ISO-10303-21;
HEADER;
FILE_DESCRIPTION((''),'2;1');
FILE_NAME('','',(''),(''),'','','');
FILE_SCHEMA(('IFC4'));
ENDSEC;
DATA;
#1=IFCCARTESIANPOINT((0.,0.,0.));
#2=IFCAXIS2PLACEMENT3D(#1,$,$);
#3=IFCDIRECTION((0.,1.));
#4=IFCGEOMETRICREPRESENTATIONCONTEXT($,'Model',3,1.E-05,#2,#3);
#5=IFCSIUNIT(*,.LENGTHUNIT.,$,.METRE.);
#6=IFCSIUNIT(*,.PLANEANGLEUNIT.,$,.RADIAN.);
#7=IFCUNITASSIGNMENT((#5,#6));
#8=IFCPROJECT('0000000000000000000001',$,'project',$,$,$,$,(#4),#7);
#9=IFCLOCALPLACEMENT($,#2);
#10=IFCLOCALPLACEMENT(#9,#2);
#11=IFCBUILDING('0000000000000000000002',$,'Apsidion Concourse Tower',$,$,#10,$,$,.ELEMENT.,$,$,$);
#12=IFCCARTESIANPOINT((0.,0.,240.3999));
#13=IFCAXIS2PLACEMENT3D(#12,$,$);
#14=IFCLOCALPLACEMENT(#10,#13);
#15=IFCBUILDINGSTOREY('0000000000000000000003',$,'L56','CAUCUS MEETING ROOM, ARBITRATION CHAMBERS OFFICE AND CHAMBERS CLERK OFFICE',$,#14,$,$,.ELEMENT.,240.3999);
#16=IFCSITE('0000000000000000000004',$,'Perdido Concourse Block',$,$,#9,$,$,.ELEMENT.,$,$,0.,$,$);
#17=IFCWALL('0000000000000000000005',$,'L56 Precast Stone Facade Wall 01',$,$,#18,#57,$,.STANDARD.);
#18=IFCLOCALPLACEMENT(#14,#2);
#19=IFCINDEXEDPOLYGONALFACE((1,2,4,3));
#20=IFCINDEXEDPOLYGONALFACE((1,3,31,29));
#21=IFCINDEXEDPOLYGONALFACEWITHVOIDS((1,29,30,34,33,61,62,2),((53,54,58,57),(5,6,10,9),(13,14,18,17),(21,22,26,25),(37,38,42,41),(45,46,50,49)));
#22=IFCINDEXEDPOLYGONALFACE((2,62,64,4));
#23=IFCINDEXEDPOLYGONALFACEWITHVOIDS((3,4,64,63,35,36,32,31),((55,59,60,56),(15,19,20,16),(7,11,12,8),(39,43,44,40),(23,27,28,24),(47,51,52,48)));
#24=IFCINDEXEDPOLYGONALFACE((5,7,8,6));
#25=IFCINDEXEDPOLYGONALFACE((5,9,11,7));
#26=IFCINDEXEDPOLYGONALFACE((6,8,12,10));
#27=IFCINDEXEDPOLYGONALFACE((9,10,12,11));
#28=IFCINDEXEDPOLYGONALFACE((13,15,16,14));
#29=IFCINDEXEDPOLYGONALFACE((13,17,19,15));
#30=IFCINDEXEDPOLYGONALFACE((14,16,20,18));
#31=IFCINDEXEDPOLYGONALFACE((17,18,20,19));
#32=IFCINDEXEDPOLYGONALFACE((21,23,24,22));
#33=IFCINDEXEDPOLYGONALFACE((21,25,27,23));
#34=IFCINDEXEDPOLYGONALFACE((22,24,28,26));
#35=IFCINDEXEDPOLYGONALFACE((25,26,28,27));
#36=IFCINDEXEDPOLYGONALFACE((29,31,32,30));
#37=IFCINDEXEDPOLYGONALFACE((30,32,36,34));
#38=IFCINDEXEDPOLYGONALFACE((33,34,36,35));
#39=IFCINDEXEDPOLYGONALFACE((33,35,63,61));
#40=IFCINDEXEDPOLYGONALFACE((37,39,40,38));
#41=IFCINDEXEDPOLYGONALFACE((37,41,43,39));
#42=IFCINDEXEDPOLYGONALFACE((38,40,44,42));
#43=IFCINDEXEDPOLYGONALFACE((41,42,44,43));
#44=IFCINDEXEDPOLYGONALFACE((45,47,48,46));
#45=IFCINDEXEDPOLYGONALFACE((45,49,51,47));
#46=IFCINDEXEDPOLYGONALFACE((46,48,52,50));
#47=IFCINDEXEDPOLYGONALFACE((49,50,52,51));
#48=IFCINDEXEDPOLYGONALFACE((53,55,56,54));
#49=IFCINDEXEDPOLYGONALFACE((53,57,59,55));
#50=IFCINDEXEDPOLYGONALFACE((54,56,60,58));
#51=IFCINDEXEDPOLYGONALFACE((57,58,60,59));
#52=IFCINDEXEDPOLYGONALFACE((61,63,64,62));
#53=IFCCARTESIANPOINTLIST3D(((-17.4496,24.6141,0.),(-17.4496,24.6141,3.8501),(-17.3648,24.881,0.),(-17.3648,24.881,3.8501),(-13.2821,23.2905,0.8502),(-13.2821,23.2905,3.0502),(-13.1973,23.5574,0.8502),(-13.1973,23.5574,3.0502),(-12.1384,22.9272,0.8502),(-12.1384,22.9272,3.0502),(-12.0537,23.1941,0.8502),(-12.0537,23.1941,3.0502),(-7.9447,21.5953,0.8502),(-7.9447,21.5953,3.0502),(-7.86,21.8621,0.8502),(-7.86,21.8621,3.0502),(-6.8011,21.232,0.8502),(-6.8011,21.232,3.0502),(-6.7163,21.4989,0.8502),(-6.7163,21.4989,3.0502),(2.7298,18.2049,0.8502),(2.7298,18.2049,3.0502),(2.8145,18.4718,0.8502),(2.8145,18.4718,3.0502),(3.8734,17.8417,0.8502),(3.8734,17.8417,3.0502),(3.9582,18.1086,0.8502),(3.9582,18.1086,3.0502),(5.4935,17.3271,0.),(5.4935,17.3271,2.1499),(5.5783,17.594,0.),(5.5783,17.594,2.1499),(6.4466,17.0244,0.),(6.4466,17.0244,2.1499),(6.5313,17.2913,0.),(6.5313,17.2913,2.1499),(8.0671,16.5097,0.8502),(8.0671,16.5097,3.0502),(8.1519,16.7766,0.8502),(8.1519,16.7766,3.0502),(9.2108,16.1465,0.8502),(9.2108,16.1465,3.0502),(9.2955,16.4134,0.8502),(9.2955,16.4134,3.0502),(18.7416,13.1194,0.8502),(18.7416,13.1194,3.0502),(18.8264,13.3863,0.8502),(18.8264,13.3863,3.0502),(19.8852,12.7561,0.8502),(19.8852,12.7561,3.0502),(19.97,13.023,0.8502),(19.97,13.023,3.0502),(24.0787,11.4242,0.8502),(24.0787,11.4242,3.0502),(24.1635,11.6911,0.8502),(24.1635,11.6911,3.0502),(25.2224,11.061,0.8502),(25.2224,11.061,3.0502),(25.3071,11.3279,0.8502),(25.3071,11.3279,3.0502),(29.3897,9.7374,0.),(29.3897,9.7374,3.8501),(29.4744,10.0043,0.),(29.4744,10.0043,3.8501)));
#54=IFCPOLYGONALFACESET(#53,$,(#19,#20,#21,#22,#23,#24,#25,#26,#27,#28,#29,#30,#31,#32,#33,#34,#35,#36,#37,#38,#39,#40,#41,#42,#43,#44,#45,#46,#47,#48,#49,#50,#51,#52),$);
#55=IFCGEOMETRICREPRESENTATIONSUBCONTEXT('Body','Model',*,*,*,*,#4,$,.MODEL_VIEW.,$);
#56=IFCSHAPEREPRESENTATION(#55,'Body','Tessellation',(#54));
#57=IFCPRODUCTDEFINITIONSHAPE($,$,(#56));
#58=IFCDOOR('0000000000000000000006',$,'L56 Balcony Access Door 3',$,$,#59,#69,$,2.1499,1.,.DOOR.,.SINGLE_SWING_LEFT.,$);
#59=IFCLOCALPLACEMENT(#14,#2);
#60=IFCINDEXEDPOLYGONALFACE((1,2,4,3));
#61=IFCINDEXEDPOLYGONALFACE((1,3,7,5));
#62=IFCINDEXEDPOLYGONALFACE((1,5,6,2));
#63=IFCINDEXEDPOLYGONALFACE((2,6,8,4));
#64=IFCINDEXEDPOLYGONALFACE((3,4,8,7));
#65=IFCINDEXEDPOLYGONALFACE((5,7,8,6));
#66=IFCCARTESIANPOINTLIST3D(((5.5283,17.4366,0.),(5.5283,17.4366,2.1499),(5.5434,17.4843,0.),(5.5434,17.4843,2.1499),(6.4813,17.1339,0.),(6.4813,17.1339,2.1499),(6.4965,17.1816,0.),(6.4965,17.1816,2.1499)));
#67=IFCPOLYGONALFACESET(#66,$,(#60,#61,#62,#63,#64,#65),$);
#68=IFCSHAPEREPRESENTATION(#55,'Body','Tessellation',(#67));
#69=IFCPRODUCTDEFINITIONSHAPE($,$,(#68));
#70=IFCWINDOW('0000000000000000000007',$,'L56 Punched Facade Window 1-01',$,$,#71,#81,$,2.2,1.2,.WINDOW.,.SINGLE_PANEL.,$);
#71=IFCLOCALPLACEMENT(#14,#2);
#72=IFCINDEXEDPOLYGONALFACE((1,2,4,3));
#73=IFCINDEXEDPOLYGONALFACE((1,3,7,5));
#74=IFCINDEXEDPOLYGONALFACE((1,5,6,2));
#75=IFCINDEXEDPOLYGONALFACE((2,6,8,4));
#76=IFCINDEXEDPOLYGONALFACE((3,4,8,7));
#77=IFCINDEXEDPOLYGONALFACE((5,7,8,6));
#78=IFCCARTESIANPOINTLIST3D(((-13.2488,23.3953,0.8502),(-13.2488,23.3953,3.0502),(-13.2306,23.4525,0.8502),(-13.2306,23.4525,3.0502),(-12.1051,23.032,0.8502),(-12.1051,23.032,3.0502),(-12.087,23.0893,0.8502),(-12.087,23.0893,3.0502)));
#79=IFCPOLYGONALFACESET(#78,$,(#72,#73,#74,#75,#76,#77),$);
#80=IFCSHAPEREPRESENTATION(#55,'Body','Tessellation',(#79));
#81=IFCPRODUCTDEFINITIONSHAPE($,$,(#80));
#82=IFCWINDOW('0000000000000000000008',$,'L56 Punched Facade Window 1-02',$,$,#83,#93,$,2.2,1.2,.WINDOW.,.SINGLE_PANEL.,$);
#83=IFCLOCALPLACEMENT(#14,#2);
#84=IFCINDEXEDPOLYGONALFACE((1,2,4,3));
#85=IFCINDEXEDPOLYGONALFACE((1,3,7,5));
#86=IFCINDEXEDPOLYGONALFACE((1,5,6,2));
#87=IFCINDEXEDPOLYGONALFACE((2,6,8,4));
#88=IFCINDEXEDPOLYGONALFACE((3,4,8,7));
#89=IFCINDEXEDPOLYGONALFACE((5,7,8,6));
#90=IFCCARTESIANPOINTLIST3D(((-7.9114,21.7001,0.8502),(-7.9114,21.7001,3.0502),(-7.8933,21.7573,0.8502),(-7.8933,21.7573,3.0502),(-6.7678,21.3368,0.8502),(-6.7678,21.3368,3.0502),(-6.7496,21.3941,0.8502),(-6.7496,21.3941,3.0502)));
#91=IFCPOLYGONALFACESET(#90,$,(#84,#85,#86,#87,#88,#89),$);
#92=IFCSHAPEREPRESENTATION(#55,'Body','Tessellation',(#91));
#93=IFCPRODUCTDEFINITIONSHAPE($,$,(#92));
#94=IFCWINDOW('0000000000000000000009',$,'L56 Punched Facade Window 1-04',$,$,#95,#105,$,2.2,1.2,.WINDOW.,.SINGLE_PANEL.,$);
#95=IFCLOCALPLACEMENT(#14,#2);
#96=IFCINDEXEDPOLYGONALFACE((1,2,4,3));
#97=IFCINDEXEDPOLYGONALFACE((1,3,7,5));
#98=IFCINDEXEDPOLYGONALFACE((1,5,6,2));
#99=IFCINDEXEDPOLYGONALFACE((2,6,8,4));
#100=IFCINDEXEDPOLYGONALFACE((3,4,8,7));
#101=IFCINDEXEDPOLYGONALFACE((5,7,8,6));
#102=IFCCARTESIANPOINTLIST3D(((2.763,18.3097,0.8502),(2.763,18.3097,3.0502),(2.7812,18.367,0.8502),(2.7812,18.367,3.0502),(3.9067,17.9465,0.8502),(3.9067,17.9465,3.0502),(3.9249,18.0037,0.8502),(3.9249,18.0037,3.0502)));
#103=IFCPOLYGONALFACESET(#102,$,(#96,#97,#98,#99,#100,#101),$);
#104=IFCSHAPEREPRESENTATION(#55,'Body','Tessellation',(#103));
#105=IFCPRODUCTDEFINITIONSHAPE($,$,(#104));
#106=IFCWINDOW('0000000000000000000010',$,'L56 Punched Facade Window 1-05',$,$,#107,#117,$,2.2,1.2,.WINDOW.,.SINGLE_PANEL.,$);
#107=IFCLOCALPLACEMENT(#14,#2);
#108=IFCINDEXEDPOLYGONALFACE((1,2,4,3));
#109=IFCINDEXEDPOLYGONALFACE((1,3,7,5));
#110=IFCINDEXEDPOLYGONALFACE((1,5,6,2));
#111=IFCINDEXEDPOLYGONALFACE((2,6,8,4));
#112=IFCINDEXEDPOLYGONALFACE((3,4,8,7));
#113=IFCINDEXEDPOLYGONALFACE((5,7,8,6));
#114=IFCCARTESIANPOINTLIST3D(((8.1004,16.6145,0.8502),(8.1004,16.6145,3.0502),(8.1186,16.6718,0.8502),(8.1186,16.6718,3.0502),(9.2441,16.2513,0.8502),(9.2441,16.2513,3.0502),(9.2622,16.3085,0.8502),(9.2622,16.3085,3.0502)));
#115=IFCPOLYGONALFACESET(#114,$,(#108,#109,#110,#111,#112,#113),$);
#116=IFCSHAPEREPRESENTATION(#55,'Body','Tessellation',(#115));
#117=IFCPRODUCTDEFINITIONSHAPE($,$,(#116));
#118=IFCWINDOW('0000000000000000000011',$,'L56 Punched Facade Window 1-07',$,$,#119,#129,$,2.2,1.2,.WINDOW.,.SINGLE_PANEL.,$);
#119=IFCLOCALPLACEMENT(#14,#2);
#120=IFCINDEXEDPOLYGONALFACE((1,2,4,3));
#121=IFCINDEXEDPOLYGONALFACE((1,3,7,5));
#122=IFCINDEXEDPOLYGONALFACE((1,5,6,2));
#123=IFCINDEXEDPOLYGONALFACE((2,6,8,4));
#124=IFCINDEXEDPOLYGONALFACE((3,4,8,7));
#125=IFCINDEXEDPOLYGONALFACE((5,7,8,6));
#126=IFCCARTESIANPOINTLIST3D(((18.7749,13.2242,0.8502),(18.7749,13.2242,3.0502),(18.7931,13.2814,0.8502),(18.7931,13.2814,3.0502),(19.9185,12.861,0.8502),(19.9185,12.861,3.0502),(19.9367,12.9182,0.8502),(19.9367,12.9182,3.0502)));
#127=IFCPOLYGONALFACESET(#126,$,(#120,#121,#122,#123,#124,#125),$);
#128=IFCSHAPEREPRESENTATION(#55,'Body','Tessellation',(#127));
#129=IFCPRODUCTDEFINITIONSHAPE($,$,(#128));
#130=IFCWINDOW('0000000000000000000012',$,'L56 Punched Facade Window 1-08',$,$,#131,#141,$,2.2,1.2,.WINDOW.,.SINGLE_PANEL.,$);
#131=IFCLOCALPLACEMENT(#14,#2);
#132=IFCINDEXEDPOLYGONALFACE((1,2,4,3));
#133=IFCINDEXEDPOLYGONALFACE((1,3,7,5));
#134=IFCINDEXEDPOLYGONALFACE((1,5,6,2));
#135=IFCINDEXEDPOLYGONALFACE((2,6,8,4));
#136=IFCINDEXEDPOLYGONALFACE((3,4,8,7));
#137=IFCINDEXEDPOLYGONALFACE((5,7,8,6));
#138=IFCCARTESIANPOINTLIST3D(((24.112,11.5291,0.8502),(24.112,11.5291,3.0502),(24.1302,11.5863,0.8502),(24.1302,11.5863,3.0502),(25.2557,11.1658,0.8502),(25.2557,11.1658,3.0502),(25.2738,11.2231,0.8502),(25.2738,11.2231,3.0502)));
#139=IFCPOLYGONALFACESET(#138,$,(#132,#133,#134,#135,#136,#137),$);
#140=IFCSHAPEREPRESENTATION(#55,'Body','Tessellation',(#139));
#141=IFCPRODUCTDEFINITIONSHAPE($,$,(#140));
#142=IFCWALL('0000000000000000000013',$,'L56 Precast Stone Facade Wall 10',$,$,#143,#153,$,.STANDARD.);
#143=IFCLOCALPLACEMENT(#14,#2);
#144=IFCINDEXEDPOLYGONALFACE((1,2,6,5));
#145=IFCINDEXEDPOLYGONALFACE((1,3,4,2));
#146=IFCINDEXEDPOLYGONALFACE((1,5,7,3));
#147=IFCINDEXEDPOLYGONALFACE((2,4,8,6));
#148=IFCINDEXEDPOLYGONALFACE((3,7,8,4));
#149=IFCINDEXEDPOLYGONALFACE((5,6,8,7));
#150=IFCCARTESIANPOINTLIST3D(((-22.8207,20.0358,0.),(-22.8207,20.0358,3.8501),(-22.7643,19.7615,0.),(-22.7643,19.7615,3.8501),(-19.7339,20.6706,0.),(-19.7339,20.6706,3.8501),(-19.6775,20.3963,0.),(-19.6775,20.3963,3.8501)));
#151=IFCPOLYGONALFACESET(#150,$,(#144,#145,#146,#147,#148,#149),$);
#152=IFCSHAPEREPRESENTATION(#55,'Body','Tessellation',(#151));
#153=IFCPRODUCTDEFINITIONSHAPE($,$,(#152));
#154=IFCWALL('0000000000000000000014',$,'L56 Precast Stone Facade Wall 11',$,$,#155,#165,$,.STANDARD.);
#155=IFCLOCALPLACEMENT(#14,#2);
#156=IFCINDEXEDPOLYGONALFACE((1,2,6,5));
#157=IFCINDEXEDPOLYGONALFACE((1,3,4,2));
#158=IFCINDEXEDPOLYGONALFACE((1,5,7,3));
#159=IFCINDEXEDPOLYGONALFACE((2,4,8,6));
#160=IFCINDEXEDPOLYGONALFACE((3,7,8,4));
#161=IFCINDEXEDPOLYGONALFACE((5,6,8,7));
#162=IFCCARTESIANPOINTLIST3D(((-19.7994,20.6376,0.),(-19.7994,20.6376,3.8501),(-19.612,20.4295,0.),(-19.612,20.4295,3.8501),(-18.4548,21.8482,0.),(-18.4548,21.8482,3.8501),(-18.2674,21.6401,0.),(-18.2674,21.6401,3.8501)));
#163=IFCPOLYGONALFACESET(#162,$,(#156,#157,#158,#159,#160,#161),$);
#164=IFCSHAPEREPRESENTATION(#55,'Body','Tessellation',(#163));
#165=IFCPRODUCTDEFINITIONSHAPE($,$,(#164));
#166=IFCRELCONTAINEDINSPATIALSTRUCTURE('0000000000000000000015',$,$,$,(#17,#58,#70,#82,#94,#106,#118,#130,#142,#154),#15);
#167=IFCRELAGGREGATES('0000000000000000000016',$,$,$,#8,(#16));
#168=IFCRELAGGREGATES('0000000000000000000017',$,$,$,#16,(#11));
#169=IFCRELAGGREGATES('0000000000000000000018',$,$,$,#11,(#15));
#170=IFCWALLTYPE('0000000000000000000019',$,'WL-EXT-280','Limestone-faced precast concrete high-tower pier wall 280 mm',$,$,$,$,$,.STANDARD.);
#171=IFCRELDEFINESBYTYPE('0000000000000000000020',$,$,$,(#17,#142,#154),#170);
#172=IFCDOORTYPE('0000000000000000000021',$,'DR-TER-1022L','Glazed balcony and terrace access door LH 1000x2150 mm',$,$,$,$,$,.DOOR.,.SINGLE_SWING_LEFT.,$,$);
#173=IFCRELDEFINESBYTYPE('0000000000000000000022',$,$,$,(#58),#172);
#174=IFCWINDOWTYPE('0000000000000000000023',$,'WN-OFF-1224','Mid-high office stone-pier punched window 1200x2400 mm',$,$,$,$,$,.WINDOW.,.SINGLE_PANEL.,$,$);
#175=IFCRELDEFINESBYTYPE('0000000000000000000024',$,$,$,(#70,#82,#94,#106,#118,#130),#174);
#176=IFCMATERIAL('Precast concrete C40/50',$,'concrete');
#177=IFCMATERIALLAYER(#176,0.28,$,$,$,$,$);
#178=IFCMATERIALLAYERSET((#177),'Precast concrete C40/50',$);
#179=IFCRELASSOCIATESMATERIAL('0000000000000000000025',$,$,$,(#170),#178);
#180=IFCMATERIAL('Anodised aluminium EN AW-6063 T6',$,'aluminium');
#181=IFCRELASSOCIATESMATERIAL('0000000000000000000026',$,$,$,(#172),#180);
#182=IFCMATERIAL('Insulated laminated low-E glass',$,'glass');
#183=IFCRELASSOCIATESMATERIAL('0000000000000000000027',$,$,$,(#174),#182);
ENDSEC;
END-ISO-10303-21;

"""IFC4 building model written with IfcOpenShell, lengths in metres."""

from ifc_helpers import new_model, si_unit, direction, frame, frame_2d, origin, place, context, subcontext, project, spatial, rectangle, extrude, material, layer, layer_set, type_object, element, fill, save


model = new_model("IFC4")

# Units and contexts
model_context = context("Model", 3, precision=1e-05, world=origin(), true_north=direction((0.0, 1.0)))
body_context = subcontext(model_context, "Body", "Model", "MODEL_VIEW")
ifc_project = project(units=[si_unit("LENGTHUNIT", "METRE"), si_unit("PLANEANGLEUNIT", "RADIAN")], contexts=[model_context])

# Site, building, storey
site_placement = place(None, origin())
site = spatial("IfcSite", under=ifc_project, at=site_placement, Name="Perdido Concourse Block", CompositionType="ELEMENT", RefElevation=0.0)
building_placement = place(site_placement, origin())
building = spatial("IfcBuilding", under=site, at=building_placement, Name="Apsidion Concourse Tower", CompositionType="ELEMENT")
storey_placement = place(building_placement, frame((0.0, 0.0, 240.3999)))
storey = spatial("IfcBuildingStorey", under=building, at=storey_placement, Name="L56", Description="CAUCUS MEETING ROOM, ARBITRATION CHAMBERS OFFICE AND CHAMBERS CLERK OFFICE", CompositionType="ELEMENT", Elevation=240.3999)

# Wall, openings, door, windows
ifc_material_1 = material(Name="Precast concrete C40/50", Category="concrete")
ifc_layer = layer(ifc_material_1, 0.28)
ifc_layer_set = layer_set([ifc_layer], Name="Precast concrete C40/50")
wall_type = type_object("IfcWallType", Name="WL-EXT-280", Description="Limestone-faced precast concrete high-tower pier wall 280 mm", PredefinedType="STANDARD", material=ifc_layer_set)
wall_1_placement = place(storey_placement, frame((-17.4072, 24.7476, 0.0), z_axis=(0.0, 0.0, 1.0), x_axis=(0.953083, -0.30271, 0.0)))
wall_1 = element("IfcWall", 1, at=wall_1_placement, inside=storey, type_object=wall_type, Name="L56 Precast Stone Facade Wall 01", PredefinedType="STANDARD", context=body_context, shape_type="SweptSolid", body=[
    extrude(rectangle(XDim=49.145, YDim=0.28, at=frame_2d((24.5725, 0.0))), origin(), (0.0, 0.0, 1.0), 3.8501),
])
opening_1_placement = place(wall_1_placement, frame((24.0725, 0.0, 0.0)))
opening_1 = element("IfcOpeningElement", 2, at=opening_1_placement, cuts=wall_1, PredefinedType="OPENING", context=body_context, shape_type="SweptSolid", body=[
    extrude(rectangle(XDim=1.0, YDim=2.1499, at=frame_2d((0.5, 1.075))), frame((0.0, 0.1499, 0.0), z_axis=(0.0, -1.0, 0.0), x_axis=(1.0, 0.0, 0.0)), (0.0, 0.0, 1.0), 0.3),
])
opening_2_placement = place(wall_1_placement, frame((4.3726, 0.0, 0.8501)))
opening_2 = element("IfcOpeningElement", 3, at=opening_2_placement, cuts=wall_1, PredefinedType="OPENING", context=body_context, shape_type="SweptSolid", body=[
    extrude(rectangle(XDim=1.2, YDim=2.2, at=frame_2d((0.6001, 1.1001))), frame((0.0, 0.1499, 0.0), z_axis=(0.0, -1.0, 0.0), x_axis=(1.0, 0.0, 0.0)), (0.0, 0.0, 1.0), 0.3),
])
opening_3_placement = place(wall_1_placement, frame((9.9727, 0.0, 0.8501)))
opening_3 = element("IfcOpeningElement", 4, at=opening_3_placement, cuts=wall_1, PredefinedType="OPENING", context=body_context, shape_type="SweptSolid", body=[
    extrude(rectangle(XDim=1.2, YDim=2.2, at=frame_2d((0.6001, 1.1001))), frame((0.0, 0.1499, 0.0), z_axis=(0.0, -1.0, 0.0), x_axis=(1.0, 0.0, 0.0)), (0.0, 0.0, 1.0), 0.3),
])
opening_4_placement = place(wall_1_placement, frame((21.1726, 0.0, 0.8501)))
opening_4 = element("IfcOpeningElement", 5, at=opening_4_placement, cuts=wall_1, PredefinedType="OPENING", context=body_context, shape_type="SweptSolid", body=[
    extrude(rectangle(XDim=1.2, YDim=2.2, at=frame_2d((0.6001, 1.1001))), frame((0.0, 0.1499, 0.0), z_axis=(0.0, -1.0, 0.0), x_axis=(1.0, 0.0, 0.0)), (0.0, 0.0, 1.0), 0.3),
])
opening_5_placement = place(wall_1_placement, frame((26.7727, 0.0, 0.8501)))
opening_5 = element("IfcOpeningElement", 6, at=opening_5_placement, cuts=wall_1, PredefinedType="OPENING", context=body_context, shape_type="SweptSolid", body=[
    extrude(rectangle(XDim=1.2, YDim=2.2, at=frame_2d((0.6001, 1.1001))), frame((0.0, 0.1499, 0.0), z_axis=(0.0, -1.0, 0.0), x_axis=(1.0, 0.0, 0.0)), (0.0, 0.0, 1.0), 0.3),
])
opening_6_placement = place(wall_1_placement, frame((37.9727, 0.0, 0.8501)))
opening_6 = element("IfcOpeningElement", 7, at=opening_6_placement, cuts=wall_1, PredefinedType="OPENING", context=body_context, shape_type="SweptSolid", body=[
    extrude(rectangle(XDim=1.2, YDim=2.2, at=frame_2d((0.6001, 1.1001))), frame((0.0, 0.1499, 0.0), z_axis=(0.0, -1.0, 0.0), x_axis=(1.0, 0.0, 0.0)), (0.0, 0.0, 1.0), 0.3),
])
opening_7_placement = place(wall_1_placement, frame((43.5725, 0.0, 0.8501)))
opening_7 = element("IfcOpeningElement", 8, at=opening_7_placement, cuts=wall_1, PredefinedType="OPENING", context=body_context, shape_type="SweptSolid", body=[
    extrude(rectangle(XDim=1.2, YDim=2.2, at=frame_2d((0.6001, 1.1001))), frame((0.0, 0.1499, 0.0), z_axis=(0.0, -1.0, 0.0), x_axis=(1.0, 0.0, 0.0)), (0.0, 0.0, 1.0), 0.3),
])
ifc_material_2 = material(Name="Anodised aluminium EN AW-6063 T6", Category="aluminium")
door_type = type_object("IfcDoorType", Name="DR-TER-1022L", Description="Glazed balcony and terrace access door LH 1000x2150 mm", OperationType="SINGLE_SWING_LEFT", PredefinedType="DOOR", material=ifc_material_2)
door_placement = place(opening_1_placement, origin())
door = element("IfcDoor", 9, at=door_placement, inside=storey, type_object=door_type, Name="L56 Balcony Access Door 3", OperationType="SINGLE_SWING_LEFT", OverallHeight=2.1499, OverallWidth=1.0, PredefinedType="DOOR", context=body_context, shape_type="SweptSolid", body=[
    extrude(rectangle(XDim=1.0, YDim=2.1499, at=frame_2d((0.5, 1.075))), frame((0.0, 0.0249, 0.0), z_axis=(0.0, -1.0, 0.0), x_axis=(1.0, 0.0, 0.0)), (0.0, 0.0, 1.0), 0.05),
])
fill(opening_1, door)
ifc_material_3 = material(Name="Insulated laminated low-E glass", Category="glass")
window_type = type_object("IfcWindowType", Name="WN-OFF-1224", Description="Mid-high office stone-pier punched window 1200x2400 mm", PartitioningType="SINGLE_PANEL", PredefinedType="WINDOW", material=ifc_material_3)
window_1_placement = place(opening_2_placement, origin())
window_1 = element("IfcWindow", 10, at=window_1_placement, inside=storey, type_object=window_type, Name="L56 Punched Facade Window 1-01", OverallHeight=2.2, OverallWidth=1.2, PartitioningType="SINGLE_PANEL", PredefinedType="WINDOW", context=body_context, shape_type="SweptSolid", body=[
    extrude(rectangle(XDim=1.2, YDim=2.2, at=frame_2d((0.6001, 1.1001))), frame((0.0, 0.03, 0.0), z_axis=(0.0, -1.0, 0.0), x_axis=(1.0, 0.0, 0.0)), (0.0, 0.0, 1.0), 0.0601),
])
fill(opening_2, window_1)
window_2_placement = place(opening_3_placement, origin())
window_2 = element("IfcWindow", 11, at=window_2_placement, inside=storey, type_object=window_type, Name="L56 Punched Facade Window 1-02", OverallHeight=2.2, OverallWidth=1.2, PartitioningType="SINGLE_PANEL", PredefinedType="WINDOW", context=body_context, shape_type="SweptSolid", body=[
    extrude(rectangle(XDim=1.2, YDim=2.2, at=frame_2d((0.6001, 1.1001))), frame((0.0, 0.03, 0.0), z_axis=(0.0, -1.0, 0.0), x_axis=(1.0, 0.0, 0.0)), (0.0, 0.0, 1.0), 0.0601),
])
fill(opening_3, window_2)
window_3_placement = place(opening_4_placement, origin())
window_3 = element("IfcWindow", 12, at=window_3_placement, inside=storey, type_object=window_type, Name="L56 Punched Facade Window 1-04", OverallHeight=2.2, OverallWidth=1.2, PartitioningType="SINGLE_PANEL", PredefinedType="WINDOW", context=body_context, shape_type="SweptSolid", body=[
    extrude(rectangle(XDim=1.2, YDim=2.2, at=frame_2d((0.6001, 1.1001))), frame((0.0, 0.03, 0.0), z_axis=(0.0, -1.0, 0.0), x_axis=(1.0, 0.0, 0.0)), (0.0, 0.0, 1.0), 0.0601),
])
fill(opening_4, window_3)
window_4_placement = place(opening_5_placement, origin())
window_4 = element("IfcWindow", 13, at=window_4_placement, inside=storey, type_object=window_type, Name="L56 Punched Facade Window 1-05", OverallHeight=2.2, OverallWidth=1.2, PartitioningType="SINGLE_PANEL", PredefinedType="WINDOW", context=body_context, shape_type="SweptSolid", body=[
    extrude(rectangle(XDim=1.2, YDim=2.2, at=frame_2d((0.6001, 1.1001))), frame((0.0, 0.03, 0.0), z_axis=(0.0, -1.0, 0.0), x_axis=(1.0, 0.0, 0.0)), (0.0, 0.0, 1.0), 0.0601),
])
fill(opening_5, window_4)
window_5_placement = place(opening_6_placement, origin())
window_5 = element("IfcWindow", 14, at=window_5_placement, inside=storey, type_object=window_type, Name="L56 Punched Facade Window 1-07", OverallHeight=2.2, OverallWidth=1.2, PartitioningType="SINGLE_PANEL", PredefinedType="WINDOW", context=body_context, shape_type="SweptSolid", body=[
    extrude(rectangle(XDim=1.2, YDim=2.2, at=frame_2d((0.6001, 1.1001))), frame((0.0, 0.03, 0.0), z_axis=(0.0, -1.0, 0.0), x_axis=(1.0, 0.0, 0.0)), (0.0, 0.0, 1.0), 0.0601),
])
fill(opening_6, window_5)
window_6_placement = place(opening_7_placement, origin())
window_6 = element("IfcWindow", 15, at=window_6_placement, inside=storey, type_object=window_type, Name="L56 Punched Facade Window 1-08", OverallHeight=2.2, OverallWidth=1.2, PartitioningType="SINGLE_PANEL", PredefinedType="WINDOW", context=body_context, shape_type="SweptSolid", body=[
    extrude(rectangle(XDim=1.2, YDim=2.2, at=frame_2d((0.6001, 1.1001))), frame((0.0, 0.03, 0.0), z_axis=(0.0, -1.0, 0.0), x_axis=(1.0, 0.0, 0.0)), (0.0, 0.0, 1.0), 0.0601),
])
fill(opening_7, window_6)

# Walls
wall_2_placement = place(storey_placement, frame((-22.7925, 19.8987, 0.0), z_axis=(0.0, 0.0, 1.0), x_axis=(0.979502, 0.201432, 0.0)))
element("IfcWall", 16, at=wall_2_placement, inside=storey, type_object=wall_type, Name="L56 Precast Stone Facade Wall 10", PredefinedType="STANDARD", context=body_context, shape_type="SweptSolid", body=[
    extrude(rectangle(XDim=3.1514, YDim=0.28, at=frame_2d((1.5757, 0.0))), origin(), (0.0, 0.0, 1.0), 3.8501),
])
wall_3_placement = place(storey_placement, frame((-19.7058, 20.5334, 0.0), z_axis=(0.0, 0.0, 1.0), x_axis=(0.743173, 0.669099, 0.0)))
element("IfcWall", 17, at=wall_3_placement, inside=storey, type_object=wall_type, Name="L56 Precast Stone Facade Wall 11", PredefinedType="STANDARD", context=body_context, shape_type="SweptSolid", body=[
    extrude(rectangle(XDim=1.8093, YDim=0.28, at=frame_2d((0.9048, 0.0))), origin(), (0.0, 0.0, 1.0), 3.8501),
])

save(model, "model.ifc")
